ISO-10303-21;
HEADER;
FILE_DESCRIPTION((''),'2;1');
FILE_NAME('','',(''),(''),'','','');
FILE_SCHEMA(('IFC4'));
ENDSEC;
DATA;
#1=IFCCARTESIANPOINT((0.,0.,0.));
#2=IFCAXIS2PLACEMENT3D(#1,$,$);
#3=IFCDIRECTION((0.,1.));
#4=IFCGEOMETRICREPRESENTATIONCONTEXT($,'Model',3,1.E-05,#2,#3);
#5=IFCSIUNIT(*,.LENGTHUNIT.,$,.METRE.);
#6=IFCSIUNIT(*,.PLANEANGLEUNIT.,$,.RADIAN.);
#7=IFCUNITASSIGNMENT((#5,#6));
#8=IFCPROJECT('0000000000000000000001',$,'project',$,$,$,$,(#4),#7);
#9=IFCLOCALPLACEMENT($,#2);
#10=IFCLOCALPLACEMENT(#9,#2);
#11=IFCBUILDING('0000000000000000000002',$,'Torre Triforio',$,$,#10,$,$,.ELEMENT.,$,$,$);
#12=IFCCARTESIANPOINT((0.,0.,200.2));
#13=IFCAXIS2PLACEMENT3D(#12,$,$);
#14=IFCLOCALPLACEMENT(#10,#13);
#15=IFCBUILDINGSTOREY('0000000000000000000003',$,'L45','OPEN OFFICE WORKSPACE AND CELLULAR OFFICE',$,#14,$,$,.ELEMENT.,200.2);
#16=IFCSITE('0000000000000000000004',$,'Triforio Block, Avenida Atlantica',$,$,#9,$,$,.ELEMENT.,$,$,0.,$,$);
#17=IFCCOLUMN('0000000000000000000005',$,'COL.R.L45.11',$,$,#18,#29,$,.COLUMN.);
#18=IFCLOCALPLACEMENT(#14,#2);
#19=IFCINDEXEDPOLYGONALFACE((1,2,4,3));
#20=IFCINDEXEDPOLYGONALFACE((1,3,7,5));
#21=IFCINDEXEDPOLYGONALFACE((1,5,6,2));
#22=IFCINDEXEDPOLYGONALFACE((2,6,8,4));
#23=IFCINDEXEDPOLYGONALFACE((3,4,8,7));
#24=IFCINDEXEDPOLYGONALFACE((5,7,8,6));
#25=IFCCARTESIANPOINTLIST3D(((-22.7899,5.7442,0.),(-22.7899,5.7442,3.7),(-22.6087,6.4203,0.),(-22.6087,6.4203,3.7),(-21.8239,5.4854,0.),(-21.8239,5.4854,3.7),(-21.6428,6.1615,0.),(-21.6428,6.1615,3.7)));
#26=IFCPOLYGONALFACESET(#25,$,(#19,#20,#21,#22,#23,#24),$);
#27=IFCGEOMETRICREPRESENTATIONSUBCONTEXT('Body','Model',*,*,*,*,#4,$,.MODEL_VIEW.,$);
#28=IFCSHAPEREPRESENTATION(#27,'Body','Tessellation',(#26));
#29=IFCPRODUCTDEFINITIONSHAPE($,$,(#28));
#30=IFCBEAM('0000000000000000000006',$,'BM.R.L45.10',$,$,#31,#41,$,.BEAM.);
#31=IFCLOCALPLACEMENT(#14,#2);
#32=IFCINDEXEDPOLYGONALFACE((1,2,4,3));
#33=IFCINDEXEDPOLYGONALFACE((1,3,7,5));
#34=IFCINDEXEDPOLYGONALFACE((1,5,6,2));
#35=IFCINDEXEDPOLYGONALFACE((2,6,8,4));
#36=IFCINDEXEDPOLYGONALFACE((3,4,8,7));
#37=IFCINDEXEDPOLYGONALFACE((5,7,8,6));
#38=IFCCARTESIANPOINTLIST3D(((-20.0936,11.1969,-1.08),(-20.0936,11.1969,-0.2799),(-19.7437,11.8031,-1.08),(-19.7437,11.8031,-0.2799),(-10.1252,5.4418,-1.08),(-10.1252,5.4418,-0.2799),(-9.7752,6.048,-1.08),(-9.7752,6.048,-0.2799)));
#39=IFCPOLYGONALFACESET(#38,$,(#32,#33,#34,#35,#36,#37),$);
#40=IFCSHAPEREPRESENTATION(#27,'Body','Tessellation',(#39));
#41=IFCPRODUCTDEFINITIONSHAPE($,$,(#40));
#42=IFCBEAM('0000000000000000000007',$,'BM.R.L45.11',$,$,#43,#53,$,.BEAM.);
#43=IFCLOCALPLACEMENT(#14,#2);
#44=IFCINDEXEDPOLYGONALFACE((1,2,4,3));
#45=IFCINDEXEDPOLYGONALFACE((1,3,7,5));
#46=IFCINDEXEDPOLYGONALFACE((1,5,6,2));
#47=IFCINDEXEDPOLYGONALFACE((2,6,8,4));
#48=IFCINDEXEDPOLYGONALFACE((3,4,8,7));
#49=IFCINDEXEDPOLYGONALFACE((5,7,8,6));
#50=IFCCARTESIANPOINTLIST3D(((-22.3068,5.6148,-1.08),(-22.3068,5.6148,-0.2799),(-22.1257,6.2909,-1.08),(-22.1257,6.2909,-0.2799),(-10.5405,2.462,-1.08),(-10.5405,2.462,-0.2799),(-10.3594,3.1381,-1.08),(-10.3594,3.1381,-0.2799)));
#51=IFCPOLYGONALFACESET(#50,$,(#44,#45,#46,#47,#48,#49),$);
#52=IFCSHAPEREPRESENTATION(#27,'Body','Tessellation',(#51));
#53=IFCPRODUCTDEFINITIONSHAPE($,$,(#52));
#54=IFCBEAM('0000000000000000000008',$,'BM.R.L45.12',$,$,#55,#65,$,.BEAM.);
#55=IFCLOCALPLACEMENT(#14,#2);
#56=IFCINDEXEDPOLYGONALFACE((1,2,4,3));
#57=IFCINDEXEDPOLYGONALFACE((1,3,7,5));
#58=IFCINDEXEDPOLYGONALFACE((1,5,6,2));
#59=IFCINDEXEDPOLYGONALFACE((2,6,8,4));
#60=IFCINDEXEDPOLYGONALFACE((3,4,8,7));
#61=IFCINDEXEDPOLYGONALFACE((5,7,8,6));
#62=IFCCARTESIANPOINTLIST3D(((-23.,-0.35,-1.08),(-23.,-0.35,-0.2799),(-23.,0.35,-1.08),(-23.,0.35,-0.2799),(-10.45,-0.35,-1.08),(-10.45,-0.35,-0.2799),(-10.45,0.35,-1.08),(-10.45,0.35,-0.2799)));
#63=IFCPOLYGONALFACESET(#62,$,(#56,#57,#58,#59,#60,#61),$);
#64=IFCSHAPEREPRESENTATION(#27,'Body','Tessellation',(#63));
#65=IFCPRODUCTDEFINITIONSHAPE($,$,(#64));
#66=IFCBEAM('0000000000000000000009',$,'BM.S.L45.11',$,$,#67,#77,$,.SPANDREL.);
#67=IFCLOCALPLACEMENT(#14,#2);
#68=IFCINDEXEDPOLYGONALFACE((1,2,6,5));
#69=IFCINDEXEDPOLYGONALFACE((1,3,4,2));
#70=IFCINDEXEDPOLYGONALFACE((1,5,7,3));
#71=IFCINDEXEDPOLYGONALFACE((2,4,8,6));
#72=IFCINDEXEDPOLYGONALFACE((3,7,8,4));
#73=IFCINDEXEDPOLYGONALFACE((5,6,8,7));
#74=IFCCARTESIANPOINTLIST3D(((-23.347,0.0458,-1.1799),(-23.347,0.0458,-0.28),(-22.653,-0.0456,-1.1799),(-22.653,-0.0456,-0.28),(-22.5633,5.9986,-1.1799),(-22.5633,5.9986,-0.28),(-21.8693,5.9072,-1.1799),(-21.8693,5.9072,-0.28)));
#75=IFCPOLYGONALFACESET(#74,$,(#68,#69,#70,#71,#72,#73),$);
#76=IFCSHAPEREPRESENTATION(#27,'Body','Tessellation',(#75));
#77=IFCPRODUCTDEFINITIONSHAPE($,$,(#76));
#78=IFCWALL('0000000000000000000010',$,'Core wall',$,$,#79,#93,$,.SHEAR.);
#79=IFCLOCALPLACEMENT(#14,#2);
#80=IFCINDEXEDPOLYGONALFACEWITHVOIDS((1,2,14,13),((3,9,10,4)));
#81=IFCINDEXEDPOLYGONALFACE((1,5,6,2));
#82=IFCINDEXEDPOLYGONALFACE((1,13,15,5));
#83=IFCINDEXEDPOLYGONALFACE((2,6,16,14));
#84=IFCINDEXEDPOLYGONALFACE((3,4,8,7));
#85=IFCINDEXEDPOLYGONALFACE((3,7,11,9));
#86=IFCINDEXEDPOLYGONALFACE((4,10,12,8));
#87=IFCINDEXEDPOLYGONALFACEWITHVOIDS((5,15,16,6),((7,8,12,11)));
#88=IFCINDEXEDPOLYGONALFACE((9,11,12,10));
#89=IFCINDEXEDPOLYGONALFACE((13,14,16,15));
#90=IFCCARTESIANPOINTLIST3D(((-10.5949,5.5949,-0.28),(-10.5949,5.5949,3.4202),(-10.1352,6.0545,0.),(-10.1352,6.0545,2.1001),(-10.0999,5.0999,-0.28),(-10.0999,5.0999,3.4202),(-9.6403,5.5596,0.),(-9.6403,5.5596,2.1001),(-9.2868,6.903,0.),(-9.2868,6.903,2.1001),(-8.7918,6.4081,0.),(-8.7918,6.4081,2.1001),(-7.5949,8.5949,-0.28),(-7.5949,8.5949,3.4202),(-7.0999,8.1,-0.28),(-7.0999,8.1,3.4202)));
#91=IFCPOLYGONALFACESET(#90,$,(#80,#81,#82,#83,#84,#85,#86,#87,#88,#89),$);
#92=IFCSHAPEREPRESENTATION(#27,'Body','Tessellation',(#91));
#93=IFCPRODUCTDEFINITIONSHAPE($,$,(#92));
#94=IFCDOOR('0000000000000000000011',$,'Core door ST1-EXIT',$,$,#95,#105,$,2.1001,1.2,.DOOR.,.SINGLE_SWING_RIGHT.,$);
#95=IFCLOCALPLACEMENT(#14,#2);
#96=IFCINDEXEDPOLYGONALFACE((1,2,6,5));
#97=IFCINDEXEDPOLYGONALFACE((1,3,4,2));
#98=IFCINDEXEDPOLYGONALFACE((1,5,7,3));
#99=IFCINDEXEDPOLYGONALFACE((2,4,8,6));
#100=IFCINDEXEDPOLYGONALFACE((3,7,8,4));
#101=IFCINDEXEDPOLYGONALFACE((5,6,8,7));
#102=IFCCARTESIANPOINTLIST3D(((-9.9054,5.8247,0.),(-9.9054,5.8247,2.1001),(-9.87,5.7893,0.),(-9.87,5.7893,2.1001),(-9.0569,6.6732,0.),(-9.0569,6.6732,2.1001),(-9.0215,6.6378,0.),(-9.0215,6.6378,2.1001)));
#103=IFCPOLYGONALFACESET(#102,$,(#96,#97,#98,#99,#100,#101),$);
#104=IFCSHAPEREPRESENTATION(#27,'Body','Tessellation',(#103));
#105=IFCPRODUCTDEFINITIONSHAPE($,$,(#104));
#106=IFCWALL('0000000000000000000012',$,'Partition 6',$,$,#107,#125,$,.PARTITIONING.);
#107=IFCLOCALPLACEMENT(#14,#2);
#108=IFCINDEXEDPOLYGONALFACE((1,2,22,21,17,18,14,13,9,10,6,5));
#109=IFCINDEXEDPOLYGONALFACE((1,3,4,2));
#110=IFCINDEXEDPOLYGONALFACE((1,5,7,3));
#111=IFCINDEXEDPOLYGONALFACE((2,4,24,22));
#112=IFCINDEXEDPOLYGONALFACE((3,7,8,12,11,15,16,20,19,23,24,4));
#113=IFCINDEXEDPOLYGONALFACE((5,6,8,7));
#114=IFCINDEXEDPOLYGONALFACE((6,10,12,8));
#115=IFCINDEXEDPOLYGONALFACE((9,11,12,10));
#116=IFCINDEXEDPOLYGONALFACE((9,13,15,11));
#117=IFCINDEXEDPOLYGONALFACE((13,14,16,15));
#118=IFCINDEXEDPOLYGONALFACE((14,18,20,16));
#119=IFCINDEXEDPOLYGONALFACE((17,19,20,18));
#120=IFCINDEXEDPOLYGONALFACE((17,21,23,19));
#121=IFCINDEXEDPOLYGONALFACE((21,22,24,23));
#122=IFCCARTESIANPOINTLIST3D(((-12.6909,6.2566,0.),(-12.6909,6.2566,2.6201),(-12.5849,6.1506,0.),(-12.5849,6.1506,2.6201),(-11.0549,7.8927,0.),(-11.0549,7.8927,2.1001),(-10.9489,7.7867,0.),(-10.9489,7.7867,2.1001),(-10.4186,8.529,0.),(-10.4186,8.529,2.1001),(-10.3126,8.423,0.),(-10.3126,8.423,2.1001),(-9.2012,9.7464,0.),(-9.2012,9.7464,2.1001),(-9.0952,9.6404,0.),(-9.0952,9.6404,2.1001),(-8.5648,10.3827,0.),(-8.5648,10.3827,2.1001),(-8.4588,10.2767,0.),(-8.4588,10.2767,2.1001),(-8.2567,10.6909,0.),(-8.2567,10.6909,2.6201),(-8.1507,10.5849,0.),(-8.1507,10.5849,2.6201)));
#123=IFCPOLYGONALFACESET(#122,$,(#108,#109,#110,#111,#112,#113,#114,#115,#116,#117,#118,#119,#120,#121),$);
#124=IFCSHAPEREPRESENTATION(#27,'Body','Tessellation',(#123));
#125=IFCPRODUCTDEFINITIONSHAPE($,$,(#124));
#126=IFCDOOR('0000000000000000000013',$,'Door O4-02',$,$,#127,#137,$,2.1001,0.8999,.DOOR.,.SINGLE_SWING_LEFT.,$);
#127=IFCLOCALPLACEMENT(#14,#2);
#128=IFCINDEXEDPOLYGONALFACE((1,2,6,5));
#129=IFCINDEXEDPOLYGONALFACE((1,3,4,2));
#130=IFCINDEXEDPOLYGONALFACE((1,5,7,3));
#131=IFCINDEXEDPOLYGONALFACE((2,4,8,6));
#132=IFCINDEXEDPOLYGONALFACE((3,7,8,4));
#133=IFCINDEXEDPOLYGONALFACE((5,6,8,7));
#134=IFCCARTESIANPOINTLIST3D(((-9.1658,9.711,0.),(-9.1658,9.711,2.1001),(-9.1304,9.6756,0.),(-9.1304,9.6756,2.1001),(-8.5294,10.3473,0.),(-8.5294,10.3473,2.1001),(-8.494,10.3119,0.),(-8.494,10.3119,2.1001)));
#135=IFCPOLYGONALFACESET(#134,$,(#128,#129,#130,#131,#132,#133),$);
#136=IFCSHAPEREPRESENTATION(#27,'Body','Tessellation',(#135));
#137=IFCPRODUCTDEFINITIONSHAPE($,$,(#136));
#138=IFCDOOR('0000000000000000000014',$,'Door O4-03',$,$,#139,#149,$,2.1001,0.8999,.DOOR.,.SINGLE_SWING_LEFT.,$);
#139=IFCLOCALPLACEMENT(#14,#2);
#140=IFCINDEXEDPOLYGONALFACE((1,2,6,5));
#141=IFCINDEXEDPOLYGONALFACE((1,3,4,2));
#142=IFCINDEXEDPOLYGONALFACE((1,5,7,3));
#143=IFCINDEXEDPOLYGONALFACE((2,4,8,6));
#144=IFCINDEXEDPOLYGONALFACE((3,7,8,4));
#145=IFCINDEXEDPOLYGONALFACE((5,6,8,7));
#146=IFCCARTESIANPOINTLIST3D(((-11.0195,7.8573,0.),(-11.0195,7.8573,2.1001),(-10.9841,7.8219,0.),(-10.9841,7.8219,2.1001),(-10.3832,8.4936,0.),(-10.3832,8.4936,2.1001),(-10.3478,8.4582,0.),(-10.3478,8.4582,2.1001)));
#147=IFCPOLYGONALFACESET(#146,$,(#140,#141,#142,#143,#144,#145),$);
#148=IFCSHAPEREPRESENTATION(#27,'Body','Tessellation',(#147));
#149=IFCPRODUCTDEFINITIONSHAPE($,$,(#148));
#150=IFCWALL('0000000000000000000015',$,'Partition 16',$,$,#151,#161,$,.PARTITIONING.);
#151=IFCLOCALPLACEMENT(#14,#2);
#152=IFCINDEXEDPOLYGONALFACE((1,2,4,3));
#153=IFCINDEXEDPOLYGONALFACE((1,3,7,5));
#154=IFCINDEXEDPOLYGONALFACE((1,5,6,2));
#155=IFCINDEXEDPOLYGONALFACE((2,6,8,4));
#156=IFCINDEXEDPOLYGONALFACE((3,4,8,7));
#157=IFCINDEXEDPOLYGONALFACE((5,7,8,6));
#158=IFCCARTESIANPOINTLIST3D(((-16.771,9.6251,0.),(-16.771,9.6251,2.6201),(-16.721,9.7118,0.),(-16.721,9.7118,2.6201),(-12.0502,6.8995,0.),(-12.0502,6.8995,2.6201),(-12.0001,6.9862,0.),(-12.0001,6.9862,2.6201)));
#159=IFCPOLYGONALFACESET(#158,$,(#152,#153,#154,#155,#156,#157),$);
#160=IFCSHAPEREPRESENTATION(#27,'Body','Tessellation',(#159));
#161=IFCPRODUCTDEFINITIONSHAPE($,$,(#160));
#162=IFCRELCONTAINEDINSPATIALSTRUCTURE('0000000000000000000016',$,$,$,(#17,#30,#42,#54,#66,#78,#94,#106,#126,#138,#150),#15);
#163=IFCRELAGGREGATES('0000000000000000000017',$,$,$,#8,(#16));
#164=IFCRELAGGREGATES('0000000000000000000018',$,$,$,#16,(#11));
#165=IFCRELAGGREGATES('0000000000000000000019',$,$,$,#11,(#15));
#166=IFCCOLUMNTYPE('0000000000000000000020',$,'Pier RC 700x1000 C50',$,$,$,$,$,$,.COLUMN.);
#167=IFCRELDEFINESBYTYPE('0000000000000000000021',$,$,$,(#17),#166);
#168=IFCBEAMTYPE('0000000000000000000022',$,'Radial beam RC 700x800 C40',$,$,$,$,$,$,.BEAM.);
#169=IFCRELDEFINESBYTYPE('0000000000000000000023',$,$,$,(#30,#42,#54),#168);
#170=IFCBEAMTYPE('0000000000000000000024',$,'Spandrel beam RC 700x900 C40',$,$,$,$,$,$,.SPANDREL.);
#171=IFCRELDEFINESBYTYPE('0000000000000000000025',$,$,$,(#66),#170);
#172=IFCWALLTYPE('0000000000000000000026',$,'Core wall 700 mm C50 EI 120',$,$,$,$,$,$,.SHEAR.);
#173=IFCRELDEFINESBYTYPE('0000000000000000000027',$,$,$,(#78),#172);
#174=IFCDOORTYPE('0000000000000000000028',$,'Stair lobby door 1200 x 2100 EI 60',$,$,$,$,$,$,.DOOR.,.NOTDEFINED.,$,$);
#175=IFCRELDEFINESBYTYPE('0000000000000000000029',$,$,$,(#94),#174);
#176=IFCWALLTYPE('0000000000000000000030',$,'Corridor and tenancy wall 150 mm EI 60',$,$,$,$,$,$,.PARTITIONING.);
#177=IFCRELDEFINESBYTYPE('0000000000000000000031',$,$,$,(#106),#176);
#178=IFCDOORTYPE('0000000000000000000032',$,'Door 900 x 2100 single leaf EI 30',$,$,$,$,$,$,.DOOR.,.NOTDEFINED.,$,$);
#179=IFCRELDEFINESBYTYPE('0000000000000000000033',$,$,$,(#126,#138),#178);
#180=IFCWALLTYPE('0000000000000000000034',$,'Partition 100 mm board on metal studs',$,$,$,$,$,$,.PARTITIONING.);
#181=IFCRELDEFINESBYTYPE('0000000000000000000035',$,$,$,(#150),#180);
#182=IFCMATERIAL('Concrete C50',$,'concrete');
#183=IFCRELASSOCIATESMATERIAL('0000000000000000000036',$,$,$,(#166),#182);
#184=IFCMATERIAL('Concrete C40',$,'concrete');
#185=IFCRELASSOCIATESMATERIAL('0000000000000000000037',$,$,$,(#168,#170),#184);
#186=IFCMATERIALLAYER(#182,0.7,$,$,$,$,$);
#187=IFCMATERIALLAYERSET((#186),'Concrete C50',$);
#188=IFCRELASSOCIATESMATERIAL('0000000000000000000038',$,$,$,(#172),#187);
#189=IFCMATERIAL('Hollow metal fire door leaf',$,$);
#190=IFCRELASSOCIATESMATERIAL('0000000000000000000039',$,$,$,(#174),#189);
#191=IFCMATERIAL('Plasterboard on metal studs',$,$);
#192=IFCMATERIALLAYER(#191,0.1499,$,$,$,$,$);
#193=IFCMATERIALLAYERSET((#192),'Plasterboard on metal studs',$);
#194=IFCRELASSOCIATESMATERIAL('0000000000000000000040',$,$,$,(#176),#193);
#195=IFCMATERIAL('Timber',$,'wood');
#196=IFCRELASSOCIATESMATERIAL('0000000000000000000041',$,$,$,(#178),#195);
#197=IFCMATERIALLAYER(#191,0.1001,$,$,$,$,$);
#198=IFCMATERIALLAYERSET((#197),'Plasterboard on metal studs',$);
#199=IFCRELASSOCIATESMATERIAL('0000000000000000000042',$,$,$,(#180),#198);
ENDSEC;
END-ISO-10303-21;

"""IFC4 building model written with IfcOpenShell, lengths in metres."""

from ifc_helpers import new_model, si_unit, direction, frame, frame_2d, origin, origin_2d, place, context, subcontext, project, spatial, rectangle, extrude, material, layer, layer_set, material_profile, profile_set, type_object, element, fill, save


model = new_model("IFC4")

# Units and contexts
model_context = context("Model", 3, precision=1e-05, world=origin(), true_north=direction((0.0, 1.0)))
body_context = subcontext(model_context, "Body", "Model", "MODEL_VIEW")
ifc_project = project(units=[si_unit("LENGTHUNIT", "METRE"), si_unit("PLANEANGLEUNIT", "RADIAN")], contexts=[model_context])

# Site, building, storey
site_placement = place(None, origin())
site = spatial("IfcSite", under=ifc_project, at=site_placement, Name="Triforio Block, Avenida Atlantica", CompositionType="ELEMENT", RefElevation=0.0)
building_placement = place(site_placement, origin())
building = spatial("IfcBuilding", under=site, at=building_placement, Name="Torre Triforio", CompositionType="ELEMENT")
storey_placement = place(building_placement, frame((0.0, 0.0, 200.2)))
storey = spatial("IfcBuildingStorey", under=building, at=storey_placement, Name="L45", Description="OPEN OFFICE WORKSPACE AND CELLULAR OFFICE", CompositionType="ELEMENT", Elevation=200.2)

# Column
ifc_material_1 = material(Name="Concrete C50", Category="concrete")
ifc_material_profile_1 = material_profile(ifc_material_1, rectangle(XDim=0.7, YDim=1.0, at=origin_2d()), Name="RC 700x1000")
ifc_profile_set_1 = profile_set([ifc_material_profile_1], Name="Concrete C50")
column_type = type_object("IfcColumnType", Name="Pier RC 700x1000 C50", PredefinedType="COLUMN", material=ifc_profile_set_1)
column_placement = place(storey_placement, frame((-22.2163, 5.9529, 0.0), z_axis=(0.0, 0.0, 1.0), x_axis=(-0.258819, -0.965926, 0.0)))
element("IfcColumn", 1, at=column_placement, inside=storey, type_object=column_type, Name="COL.R.L45.11", PredefinedType="COLUMN", context=body_context, shape_type="SweptSolid", body=[
    extrude(rectangle(XDim=0.7, YDim=1.0, at=origin_2d()), origin(), (0.0, 0.0, 1.0), 3.7),
])

# Beams
ifc_material_2 = material(Name="Concrete C40", Category="concrete")
ifc_material_profile_2 = material_profile(ifc_material_2, rectangle(XDim=0.7, YDim=0.8, at=origin_2d()), Name="RC 700x800")
ifc_profile_set_2 = profile_set([ifc_material_profile_2], Name="Concrete C40")
beam_type_1 = type_object("IfcBeamType", Name="Radial beam RC 700x800 C40", PredefinedType="BEAM", material=ifc_profile_set_2)
beam_1_placement = place(storey_placement, frame((-9.9502, 5.7449, -0.6799), z_axis=(-0.866033, 0.499987, 0.0), x_axis=(-0.499987, -0.866033, 0.0)))
element("IfcBeam", 2, at=beam_1_placement, inside=storey, type_object=beam_type_1, Name="BM.R.L45.10", PredefinedType="BEAM", context=body_context, shape_type="SweptSolid", body=[
    extrude(rectangle(XDim=0.7, YDim=0.8, at=origin_2d()), origin(), (0.0, 0.0, 1.0), 11.5105),
])
beam_2_placement = place(storey_placement, frame((-10.45, 2.8, -0.6799), z_axis=(-0.965925, 0.258823, 0.0), x_axis=(-0.258823, -0.965925, 0.0)))
element("IfcBeam", 3, at=beam_2_placement, inside=storey, type_object=beam_type_1, Name="BM.R.L45.11", PredefinedType="BEAM", context=body_context, shape_type="SweptSolid", body=[
    extrude(rectangle(XDim=0.7, YDim=0.8, at=origin_2d()), origin(), (0.0, 0.0, 1.0), 12.1814),
])
beam_3_placement = place(storey_placement, frame((-10.45, 0.0, -0.6799), z_axis=(-1.0, 0.0, 0.0), x_axis=(0.0, -1.0, 0.0)))
element("IfcBeam", 4, at=beam_3_placement, inside=storey, type_object=beam_type_1, Name="BM.R.L45.12", PredefinedType="BEAM", context=body_context, shape_type="SweptSolid", body=[
    extrude(rectangle(XDim=0.7, YDim=0.8, at=origin_2d()), origin(), (0.0, 0.0, 1.0), 12.55),
])
ifc_material_profile_3 = material_profile(ifc_material_2, rectangle(XDim=0.7, YDim=0.8999, at=origin_2d()), Name="RC 700x900")
ifc_profile_set_3 = profile_set([ifc_material_profile_3], Name="Concrete C40")
beam_type_2 = type_object("IfcBeamType", Name="Spandrel beam RC 700x900 C40", PredefinedType="SPANDREL", material=ifc_profile_set_3)
beam_4_placement = place(storey_placement, frame((-22.2163, 5.9529, -0.73), z_axis=(-0.130523, -0.991445, 0.0), x_axis=(0.991445, -0.130523, 0.0)))
element("IfcBeam", 5, at=beam_4_placement, inside=storey, type_object=beam_type_2, Name="BM.S.L45.11", PredefinedType="SPANDREL", context=body_context, shape_type="SweptSolid", body=[
    extrude(rectangle(XDim=0.7, YDim=0.8999, at=origin_2d()), origin(), (0.0, 0.0, 1.0), 6.0042),
])

# Wall, opening, door
ifc_layer_1 = layer(ifc_material_1, 0.7)
ifc_layer_set_1 = layer_set([ifc_layer_1], Name="Concrete C50")
wall_type_1 = type_object("IfcWallType", Name="Core wall 700 mm C50 EI 120", PredefinedType="SHEAR", material=ifc_layer_set_1)
wall_1_placement = place(storey_placement, frame((-10.3474, 5.3474, -0.28), z_axis=(0.0, 0.0, 1.0), x_axis=(0.707107, 0.707107, 0.0)))
wall_1 = element("IfcWall", 6, at=wall_1_placement, inside=storey, type_object=wall_type_1, Name="Core wall", PredefinedType="SHEAR", context=body_context, shape_type="SweptSolid", body=[
    extrude(rectangle(XDim=4.2427, YDim=0.7, at=frame_2d((2.1213, 0.0))), origin(), (0.0, 0.0, 1.0), 3.7002),
])
opening_1_placement = place(wall_1_placement, frame((0.6499, 0.0, 0.28)))
opening_1 = element("IfcOpeningElement", 7, at=opening_1_placement, cuts=wall_1, PredefinedType="OPENING", context=body_context, shape_type="SweptSolid", body=[
    extrude(rectangle(XDim=1.2, YDim=2.1001, at=frame_2d((0.6001, 1.05))), frame((0.0, 0.3599, 0.0), z_axis=(0.0, -1.0, 0.0), x_axis=(1.0, 0.0, 0.0)), (0.0, 0.0, 1.0), 0.72),
])
ifc_material_3 = material(Name="Hollow metal fire door leaf")
door_type_1 = type_object("IfcDoorType", Name="Stair lobby door 1200 x 2100 EI 60", OperationType="NOTDEFINED", PredefinedType="DOOR", material=ifc_material_3)
door_1_placement = place(opening_1_placement, origin())
door_1 = element("IfcDoor", 8, at=door_1_placement, inside=storey, type_object=door_type_1, Name="Core door ST1-EXIT", OperationType="SINGLE_SWING_RIGHT", OverallHeight=2.1001, OverallWidth=1.2, PredefinedType="DOOR", context=body_context, shape_type="SweptSolid", body=[
    extrude(rectangle(XDim=1.2, YDim=2.1001, at=frame_2d((0.6001, 1.05))), frame((0.0, 0.0249, 0.0), z_axis=(0.0, -1.0, 0.0), x_axis=(1.0, 0.0, 0.0)), (0.0, 0.0, 1.0), 0.05),
])
fill(opening_1, door_1)

# Wall, openings, doors
ifc_material_4 = material(Name="Plasterboard on metal studs")
ifc_layer_2 = layer(ifc_material_4, 0.1499)
ifc_layer_set_2 = layer_set([ifc_layer_2], Name="Plasterboard on metal studs")
wall_type_2 = type_object("IfcWallType", Name="Corridor and tenancy wall 150 mm EI 60", PredefinedType="PARTITIONING", material=ifc_layer_set_2)
wall_2_placement = place(storey_placement, frame((-12.6379, 6.2036, 0.0), z_axis=(0.0, 0.0, 1.0), x_axis=(0.707107, 0.707107, 0.0)))
wall_2 = element("IfcWall", 9, at=wall_2_placement, inside=storey, type_object=wall_type_2, Name="Partition 6", PredefinedType="PARTITIONING", context=body_context, shape_type="SweptSolid", body=[
    extrude(rectangle(XDim=6.271, YDim=0.1499, at=frame_2d((3.1355, 0.0))), origin(), (0.0, 0.0, 1.0), 2.6201),
])
opening_2_placement = place(wall_2_placement, frame((4.9353, 0.0, 0.0)))
opening_2 = element("IfcOpeningElement", 10, at=opening_2_placement, cuts=wall_2, PredefinedType="OPENING", context=body_context, shape_type="SweptSolid", body=[
    extrude(rectangle(XDim=0.8999, YDim=2.1001, at=frame_2d((0.45, 1.05))), frame((0.0, 0.085, 0.0), z_axis=(0.0, -1.0, 0.0), x_axis=(1.0, 0.0, 0.0)), (0.0, 0.0, 1.0), 0.1699),
])
opening_3_placement = place(wall_2_placement, frame((2.3137, 0.0, 0.0)))
opening_3 = element("IfcOpeningElement", 11, at=opening_3_placement, cuts=wall_2, PredefinedType="OPENING", context=body_context, shape_type="SweptSolid", body=[
    extrude(rectangle(XDim=0.8999, YDim=2.1001, at=frame_2d((0.45, 1.05))), frame((0.0, 0.085, 0.0), z_axis=(0.0, -1.0, 0.0), x_axis=(1.0, 0.0, 0.0)), (0.0, 0.0, 1.0), 0.1699),
])
ifc_material_5 = material(Name="Timber", Category="wood")
door_type_2 = type_object("IfcDoorType", Name="Door 900 x 2100 single leaf EI 30", OperationType="NOTDEFINED", PredefinedType="DOOR", material=ifc_material_5)
door_2_placement = place(opening_2_placement, origin())
door_2 = element("IfcDoor", 12, at=door_2_placement, inside=storey, type_object=door_type_2, Name="Door O4-02", OperationType="SINGLE_SWING_LEFT", OverallHeight=2.1001, OverallWidth=0.8999, PredefinedType="DOOR", context=body_context, shape_type="SweptSolid", body=[
    extrude(rectangle(XDim=0.8999, YDim=2.1001, at=frame_2d((0.45, 1.05))), frame((0.0, 0.0249, 0.0), z_axis=(0.0, -1.0, 0.0), x_axis=(1.0, 0.0, 0.0)), (0.0, 0.0, 1.0), 0.05),
])
fill(opening_2, door_2)
door_3_placement = place(opening_3_placement, origin())
door_3 = element("IfcDoor", 13, at=door_3_placement, inside=storey, type_object=door_type_2, Name="Door O4-03", OperationType="SINGLE_SWING_LEFT", OverallHeight=2.1001, OverallWidth=0.8999, PredefinedType="DOOR", context=body_context, shape_type="SweptSolid", body=[
    extrude(rectangle(XDim=0.8999, YDim=2.1001, at=frame_2d((0.45, 1.05))), frame((0.0, 0.0249, 0.0), z_axis=(0.0, -1.0, 0.0), x_axis=(1.0, 0.0, 0.0)), (0.0, 0.0, 1.0), 0.05),
])
fill(opening_3, door_3)

# Wall
ifc_layer_3 = layer(ifc_material_4, 0.1001)
ifc_layer_set_3 = layer_set([ifc_layer_3], Name="Plasterboard on metal studs")
wall_type_3 = type_object("IfcWallType", Name="Partition 100 mm board on metal studs", PredefinedType="PARTITIONING", material=ifc_layer_set_3)
wall_3_placement = place(storey_placement, frame((-12.0251, 6.9429, 0.0), z_axis=(0.0, 0.0, 1.0), x_axis=(-0.86603, 0.499993, 0.0)))
element("IfcWall", 14, at=wall_3_placement, inside=storey, type_object=wall_type_3, Name="Partition 16", PredefinedType="PARTITIONING", context=body_context, shape_type="SweptSolid", body=[
    extrude(rectangle(XDim=5.4512, YDim=0.1001, at=frame_2d((2.7256, 0.0))), origin(), (0.0, 0.0, 1.0), 2.6201),
])

save(model, "model.ifc")
